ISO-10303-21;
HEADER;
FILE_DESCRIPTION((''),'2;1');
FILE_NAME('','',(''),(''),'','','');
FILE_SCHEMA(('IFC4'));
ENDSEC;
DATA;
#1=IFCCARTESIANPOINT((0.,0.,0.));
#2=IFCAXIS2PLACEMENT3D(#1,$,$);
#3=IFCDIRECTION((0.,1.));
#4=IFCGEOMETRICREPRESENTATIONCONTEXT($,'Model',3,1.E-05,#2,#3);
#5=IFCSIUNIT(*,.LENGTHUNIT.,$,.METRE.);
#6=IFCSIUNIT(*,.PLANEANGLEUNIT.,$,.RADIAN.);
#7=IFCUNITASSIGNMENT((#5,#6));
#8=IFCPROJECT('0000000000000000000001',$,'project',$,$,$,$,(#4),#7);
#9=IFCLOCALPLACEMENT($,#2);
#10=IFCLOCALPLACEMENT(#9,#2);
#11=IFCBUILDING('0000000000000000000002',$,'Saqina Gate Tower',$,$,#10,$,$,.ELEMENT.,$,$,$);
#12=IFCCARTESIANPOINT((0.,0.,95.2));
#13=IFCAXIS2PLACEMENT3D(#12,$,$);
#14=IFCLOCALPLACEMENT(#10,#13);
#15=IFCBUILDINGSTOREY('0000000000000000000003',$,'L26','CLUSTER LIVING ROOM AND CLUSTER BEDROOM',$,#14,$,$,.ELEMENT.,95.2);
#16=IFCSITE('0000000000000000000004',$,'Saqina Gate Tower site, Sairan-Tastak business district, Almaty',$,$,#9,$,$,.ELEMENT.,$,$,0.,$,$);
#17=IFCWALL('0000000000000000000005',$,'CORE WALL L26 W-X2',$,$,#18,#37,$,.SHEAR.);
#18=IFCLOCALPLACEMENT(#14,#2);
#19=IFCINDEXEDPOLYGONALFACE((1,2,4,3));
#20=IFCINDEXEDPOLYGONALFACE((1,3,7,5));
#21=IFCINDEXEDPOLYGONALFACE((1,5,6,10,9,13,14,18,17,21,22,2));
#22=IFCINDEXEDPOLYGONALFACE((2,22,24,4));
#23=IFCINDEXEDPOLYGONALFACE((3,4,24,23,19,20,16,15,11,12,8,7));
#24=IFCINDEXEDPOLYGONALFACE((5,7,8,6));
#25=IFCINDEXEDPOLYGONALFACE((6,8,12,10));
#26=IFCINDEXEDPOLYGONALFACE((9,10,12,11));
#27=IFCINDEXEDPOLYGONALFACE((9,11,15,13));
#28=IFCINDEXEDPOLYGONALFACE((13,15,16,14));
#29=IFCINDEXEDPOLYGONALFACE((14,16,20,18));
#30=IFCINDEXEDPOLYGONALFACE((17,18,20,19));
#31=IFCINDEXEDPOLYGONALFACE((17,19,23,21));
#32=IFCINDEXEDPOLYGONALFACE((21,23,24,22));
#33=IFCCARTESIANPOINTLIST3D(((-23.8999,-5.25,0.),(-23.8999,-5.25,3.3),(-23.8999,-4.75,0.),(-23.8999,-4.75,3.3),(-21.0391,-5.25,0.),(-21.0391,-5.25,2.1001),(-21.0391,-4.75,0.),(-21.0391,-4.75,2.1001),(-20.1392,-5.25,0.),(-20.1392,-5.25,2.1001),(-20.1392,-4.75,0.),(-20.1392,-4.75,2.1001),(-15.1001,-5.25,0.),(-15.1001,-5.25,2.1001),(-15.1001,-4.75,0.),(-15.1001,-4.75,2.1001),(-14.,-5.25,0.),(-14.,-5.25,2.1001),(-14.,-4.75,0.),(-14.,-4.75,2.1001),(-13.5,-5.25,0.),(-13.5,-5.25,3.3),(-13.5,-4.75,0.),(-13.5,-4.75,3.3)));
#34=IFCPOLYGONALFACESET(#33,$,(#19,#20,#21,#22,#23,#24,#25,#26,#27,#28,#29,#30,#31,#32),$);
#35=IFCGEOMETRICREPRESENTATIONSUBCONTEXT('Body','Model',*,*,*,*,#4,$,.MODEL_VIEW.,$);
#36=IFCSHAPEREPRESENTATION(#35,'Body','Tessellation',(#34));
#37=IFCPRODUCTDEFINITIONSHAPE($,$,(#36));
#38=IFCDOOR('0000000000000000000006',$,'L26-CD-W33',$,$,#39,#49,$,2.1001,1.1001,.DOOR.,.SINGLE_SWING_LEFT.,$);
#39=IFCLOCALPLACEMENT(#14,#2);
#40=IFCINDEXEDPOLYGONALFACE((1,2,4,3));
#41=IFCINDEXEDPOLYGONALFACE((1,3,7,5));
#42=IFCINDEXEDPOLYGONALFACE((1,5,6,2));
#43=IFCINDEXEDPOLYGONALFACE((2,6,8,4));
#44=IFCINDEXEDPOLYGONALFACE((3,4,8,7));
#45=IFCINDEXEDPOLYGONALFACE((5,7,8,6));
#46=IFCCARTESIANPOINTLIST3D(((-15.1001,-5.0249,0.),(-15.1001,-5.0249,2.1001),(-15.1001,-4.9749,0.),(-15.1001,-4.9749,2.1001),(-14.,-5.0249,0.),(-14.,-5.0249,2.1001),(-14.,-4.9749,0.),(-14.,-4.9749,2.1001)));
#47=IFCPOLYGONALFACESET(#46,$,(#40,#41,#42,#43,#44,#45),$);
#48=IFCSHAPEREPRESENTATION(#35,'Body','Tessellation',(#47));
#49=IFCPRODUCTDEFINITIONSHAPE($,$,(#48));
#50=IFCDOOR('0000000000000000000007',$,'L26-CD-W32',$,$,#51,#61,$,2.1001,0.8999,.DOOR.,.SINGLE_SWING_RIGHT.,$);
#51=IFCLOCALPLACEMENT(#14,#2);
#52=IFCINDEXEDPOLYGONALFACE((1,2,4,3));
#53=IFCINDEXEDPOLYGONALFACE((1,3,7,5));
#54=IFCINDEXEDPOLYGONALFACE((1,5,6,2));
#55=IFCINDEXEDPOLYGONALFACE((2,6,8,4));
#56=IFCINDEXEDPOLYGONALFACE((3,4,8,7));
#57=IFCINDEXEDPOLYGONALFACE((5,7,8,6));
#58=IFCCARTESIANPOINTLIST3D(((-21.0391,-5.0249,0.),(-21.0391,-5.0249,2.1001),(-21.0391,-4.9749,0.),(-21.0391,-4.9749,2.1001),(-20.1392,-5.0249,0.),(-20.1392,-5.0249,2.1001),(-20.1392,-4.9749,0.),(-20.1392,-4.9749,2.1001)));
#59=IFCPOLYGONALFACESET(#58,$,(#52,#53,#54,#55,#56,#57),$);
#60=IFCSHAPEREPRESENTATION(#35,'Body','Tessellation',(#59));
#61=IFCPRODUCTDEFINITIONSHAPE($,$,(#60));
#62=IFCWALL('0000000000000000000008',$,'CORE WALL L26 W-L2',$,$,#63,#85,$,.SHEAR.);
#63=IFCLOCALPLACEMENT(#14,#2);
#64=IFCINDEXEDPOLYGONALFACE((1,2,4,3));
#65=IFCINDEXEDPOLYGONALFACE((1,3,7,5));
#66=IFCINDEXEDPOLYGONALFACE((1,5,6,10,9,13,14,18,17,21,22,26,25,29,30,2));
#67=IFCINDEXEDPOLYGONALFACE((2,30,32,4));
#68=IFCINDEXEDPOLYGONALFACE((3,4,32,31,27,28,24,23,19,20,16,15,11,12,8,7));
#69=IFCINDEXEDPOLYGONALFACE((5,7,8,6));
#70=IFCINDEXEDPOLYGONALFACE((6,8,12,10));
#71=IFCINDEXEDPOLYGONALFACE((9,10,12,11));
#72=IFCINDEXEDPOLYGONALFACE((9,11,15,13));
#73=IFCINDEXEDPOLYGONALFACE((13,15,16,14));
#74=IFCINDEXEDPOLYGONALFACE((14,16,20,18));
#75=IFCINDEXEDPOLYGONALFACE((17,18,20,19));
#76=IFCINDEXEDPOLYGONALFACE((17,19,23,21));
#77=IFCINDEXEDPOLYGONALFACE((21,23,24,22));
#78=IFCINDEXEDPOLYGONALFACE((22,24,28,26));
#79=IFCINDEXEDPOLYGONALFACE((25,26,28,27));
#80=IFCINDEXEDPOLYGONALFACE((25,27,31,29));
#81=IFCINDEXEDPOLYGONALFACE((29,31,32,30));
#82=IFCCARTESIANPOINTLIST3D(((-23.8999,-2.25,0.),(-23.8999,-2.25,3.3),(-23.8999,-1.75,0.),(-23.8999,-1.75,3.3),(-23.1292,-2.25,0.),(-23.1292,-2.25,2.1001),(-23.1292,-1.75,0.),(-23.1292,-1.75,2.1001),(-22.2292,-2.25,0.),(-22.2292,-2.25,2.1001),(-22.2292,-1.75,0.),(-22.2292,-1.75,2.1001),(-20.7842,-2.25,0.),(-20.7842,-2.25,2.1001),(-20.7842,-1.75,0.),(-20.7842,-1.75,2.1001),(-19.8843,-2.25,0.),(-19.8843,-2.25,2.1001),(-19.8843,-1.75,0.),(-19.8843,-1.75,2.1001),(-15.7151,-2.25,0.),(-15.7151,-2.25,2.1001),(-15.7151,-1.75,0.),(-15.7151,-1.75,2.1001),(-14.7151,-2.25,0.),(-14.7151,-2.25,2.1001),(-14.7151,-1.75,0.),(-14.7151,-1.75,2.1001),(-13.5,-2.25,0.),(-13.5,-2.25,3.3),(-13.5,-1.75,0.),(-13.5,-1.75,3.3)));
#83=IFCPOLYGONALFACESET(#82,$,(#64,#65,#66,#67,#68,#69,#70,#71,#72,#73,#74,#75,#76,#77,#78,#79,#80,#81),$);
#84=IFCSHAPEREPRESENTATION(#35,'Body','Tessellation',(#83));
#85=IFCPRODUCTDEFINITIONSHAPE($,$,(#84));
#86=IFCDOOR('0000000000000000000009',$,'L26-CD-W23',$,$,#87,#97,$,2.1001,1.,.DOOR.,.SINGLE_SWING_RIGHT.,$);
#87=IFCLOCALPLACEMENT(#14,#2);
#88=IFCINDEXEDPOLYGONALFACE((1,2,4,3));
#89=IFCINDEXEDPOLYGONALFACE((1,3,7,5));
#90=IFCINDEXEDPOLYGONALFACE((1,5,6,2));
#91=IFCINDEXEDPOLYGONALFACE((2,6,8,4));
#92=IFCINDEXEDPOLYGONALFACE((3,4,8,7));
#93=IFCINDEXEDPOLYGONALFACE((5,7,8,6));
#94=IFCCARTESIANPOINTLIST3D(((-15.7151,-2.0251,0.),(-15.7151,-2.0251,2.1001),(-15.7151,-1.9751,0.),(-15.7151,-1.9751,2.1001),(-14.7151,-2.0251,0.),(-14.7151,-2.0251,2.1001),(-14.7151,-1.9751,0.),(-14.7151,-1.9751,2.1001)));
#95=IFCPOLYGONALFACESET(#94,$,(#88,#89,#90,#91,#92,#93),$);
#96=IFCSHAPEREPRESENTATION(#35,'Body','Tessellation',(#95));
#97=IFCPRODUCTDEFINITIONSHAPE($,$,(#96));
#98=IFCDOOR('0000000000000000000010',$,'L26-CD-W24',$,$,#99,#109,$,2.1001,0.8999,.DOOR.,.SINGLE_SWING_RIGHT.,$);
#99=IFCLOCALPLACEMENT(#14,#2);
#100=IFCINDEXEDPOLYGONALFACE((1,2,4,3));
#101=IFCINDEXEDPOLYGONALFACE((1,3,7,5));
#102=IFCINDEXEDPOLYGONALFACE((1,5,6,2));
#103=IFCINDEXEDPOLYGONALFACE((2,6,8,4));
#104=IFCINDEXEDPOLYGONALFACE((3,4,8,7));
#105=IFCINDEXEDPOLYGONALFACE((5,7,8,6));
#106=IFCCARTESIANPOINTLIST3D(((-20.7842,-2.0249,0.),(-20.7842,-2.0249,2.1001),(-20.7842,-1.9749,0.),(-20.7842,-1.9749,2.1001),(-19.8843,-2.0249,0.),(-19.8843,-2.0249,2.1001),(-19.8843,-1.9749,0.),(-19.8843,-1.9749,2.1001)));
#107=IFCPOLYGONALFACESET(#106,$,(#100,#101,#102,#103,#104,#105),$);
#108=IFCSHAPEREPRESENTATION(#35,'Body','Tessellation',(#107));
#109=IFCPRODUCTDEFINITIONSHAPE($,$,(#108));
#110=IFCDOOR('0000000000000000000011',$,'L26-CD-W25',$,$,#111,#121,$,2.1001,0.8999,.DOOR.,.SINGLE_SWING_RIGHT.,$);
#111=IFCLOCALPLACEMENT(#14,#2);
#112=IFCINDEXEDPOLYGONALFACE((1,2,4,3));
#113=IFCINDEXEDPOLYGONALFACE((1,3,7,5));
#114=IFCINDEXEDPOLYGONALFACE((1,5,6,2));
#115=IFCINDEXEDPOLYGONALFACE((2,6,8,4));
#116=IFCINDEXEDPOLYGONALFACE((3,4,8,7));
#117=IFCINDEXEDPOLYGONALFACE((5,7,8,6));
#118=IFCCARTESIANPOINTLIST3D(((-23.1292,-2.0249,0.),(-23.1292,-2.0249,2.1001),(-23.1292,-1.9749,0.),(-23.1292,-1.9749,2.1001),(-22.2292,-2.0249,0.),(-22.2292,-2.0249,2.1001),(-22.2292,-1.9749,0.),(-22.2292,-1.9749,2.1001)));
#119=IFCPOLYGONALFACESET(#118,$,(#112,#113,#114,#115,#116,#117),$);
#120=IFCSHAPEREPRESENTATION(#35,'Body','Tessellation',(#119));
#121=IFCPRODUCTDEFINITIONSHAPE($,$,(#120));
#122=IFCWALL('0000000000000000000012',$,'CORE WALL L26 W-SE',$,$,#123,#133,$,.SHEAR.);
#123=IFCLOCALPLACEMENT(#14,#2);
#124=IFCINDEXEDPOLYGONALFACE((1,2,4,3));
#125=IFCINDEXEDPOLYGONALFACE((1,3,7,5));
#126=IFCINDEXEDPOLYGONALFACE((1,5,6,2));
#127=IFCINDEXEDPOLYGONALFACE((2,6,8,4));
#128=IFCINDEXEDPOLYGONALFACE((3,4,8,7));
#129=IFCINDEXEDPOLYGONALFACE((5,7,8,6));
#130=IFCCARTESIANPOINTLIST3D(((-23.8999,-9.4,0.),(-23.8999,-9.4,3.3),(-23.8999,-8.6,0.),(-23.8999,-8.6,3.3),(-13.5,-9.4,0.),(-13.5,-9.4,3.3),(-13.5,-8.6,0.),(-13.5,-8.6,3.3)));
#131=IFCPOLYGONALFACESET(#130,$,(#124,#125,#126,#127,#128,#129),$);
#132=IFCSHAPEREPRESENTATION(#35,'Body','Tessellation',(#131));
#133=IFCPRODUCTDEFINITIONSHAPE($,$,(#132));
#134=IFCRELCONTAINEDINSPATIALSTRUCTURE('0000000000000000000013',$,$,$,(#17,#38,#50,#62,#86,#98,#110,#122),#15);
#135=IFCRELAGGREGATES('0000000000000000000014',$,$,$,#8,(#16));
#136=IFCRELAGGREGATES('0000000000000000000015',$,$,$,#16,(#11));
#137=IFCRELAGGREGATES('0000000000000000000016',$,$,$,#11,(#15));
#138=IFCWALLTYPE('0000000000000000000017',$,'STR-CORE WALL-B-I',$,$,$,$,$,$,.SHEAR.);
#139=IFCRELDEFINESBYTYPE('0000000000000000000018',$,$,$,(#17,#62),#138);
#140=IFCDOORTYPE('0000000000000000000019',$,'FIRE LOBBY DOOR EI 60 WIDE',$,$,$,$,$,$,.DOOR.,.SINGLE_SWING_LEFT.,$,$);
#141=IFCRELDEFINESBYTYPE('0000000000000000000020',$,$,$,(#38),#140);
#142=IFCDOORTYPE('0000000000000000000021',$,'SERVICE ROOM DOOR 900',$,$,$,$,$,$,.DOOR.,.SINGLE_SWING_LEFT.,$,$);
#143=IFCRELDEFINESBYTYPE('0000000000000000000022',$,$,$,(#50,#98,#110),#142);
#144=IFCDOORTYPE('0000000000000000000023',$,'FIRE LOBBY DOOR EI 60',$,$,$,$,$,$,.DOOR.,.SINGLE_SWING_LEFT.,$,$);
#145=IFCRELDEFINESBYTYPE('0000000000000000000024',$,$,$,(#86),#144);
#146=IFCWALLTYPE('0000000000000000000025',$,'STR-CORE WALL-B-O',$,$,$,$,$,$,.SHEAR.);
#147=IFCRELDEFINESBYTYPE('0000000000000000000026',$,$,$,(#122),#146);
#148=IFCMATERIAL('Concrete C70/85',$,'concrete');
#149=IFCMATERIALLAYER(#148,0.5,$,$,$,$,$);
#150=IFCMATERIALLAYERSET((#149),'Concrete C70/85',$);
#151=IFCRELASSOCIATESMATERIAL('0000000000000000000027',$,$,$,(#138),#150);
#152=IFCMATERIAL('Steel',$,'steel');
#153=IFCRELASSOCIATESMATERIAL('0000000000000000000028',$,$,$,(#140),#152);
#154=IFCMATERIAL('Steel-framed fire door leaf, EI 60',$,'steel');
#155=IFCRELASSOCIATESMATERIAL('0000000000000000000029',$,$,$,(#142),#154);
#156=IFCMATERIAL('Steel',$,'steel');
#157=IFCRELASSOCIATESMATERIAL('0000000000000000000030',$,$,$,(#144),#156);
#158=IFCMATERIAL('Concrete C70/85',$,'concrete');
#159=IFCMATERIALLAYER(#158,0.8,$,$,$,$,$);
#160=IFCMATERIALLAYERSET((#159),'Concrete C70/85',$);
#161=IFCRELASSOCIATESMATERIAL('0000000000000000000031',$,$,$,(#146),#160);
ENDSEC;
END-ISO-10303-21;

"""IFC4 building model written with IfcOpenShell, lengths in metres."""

from ifc_helpers import new_model, si_unit, direction, frame, frame_2d, origin, place, context, subcontext, project, spatial, rectangle, extrude, material, layer, layer_set, type_object, element, fill, save


model = new_model("IFC4")

# Units and contexts
model_context = context("Model", 3, precision=1e-05, world=origin(), true_north=direction((0.0, 1.0)))
body_context = subcontext(model_context, "Body", "Model", "MODEL_VIEW")
ifc_project = project(units=[si_unit("LENGTHUNIT", "METRE"), si_unit("PLANEANGLEUNIT", "RADIAN")], contexts=[model_context])

# Site, building, storey
site_placement = place(None, origin())
site = spatial("IfcSite", under=ifc_project, at=site_placement, Name="Saqina Gate Tower site, Sairan-Tastak business district, Almaty", CompositionType="ELEMENT", RefElevation=0.0)
building_placement = place(site_placement, origin())
building = spatial("IfcBuilding", under=site, at=building_placement, Name="Saqina Gate Tower", CompositionType="ELEMENT")
storey_placement = place(building_placement, frame((0.0, 0.0, 95.2)))
storey = spatial("IfcBuildingStorey", under=building, at=storey_placement, Name="L26", Description="CLUSTER LIVING ROOM AND CLUSTER BEDROOM", CompositionType="ELEMENT", Elevation=95.2)

# Walls, openings, doors
ifc_material_1 = material(Name="Concrete C70/85", Category="concrete")
ifc_layer_1 = layer(ifc_material_1, 0.5)
ifc_layer_set_1 = layer_set([ifc_layer_1], Name="Concrete C70/85")
wall_type_1 = type_object("IfcWallType", Name="STR-CORE WALL-B-I", PredefinedType="SHEAR", material=ifc_layer_set_1)
wall_1_placement = place(storey_placement, frame((-13.5, -5.0, 0.0), z_axis=(0.0, 0.0, 1.0), x_axis=(-1.0, 0.0, 0.0)))
wall_1 = element("IfcWall", 1, at=wall_1_placement, inside=storey, type_object=wall_type_1, Name="CORE WALL L26 W-X2", PredefinedType="SHEAR", context=body_context, shape_type="SweptSolid", body=[
    extrude(rectangle(XDim=10.3999, YDim=0.5, at=frame_2d((5.2, 0.0))), origin(), (0.0, 0.0, 1.0), 3.3),
])
opening_1_placement = place(wall_1_placement, frame((6.6392, 0.0, 0.0)))
opening_1 = element("IfcOpeningElement", 2, at=opening_1_placement, cuts=wall_1, PredefinedType="OPENING", context=body_context, shape_type="SweptSolid", body=[
    extrude(rectangle(XDim=0.8999, YDim=2.1001, at=frame_2d((0.45, 1.05))), frame((0.0, 0.262, 0.0), z_axis=(0.0, -1.0, 0.0), x_axis=(1.0, 0.0, 0.0)), (0.0, 0.0, 1.0), 0.5239),
])
opening_2_placement = place(wall_1_placement, frame((0.5, 0.0, 0.0)))
opening_2 = element("IfcOpeningElement", 3, at=opening_2_placement, cuts=wall_1, PredefinedType="OPENING", context=body_context, shape_type="SweptSolid", body=[
    extrude(rectangle(XDim=1.1001, YDim=2.1001, at=frame_2d((0.55, 1.05))), frame((0.0, 0.262, 0.0), z_axis=(0.0, -1.0, 0.0), x_axis=(1.0, 0.0, 0.0)), (0.0, 0.0, 1.0), 0.5239),
])
ifc_material_2 = material(Name="Steel", Category="steel")
door_type_1 = type_object("IfcDoorType", Name="FIRE LOBBY DOOR EI 60 WIDE", OperationType="SINGLE_SWING_LEFT", PredefinedType="DOOR", material=ifc_material_2)
door_1_placement = place(opening_2_placement, origin())
door_1 = element("IfcDoor", 4, at=door_1_placement, inside=storey, type_object=door_type_1, Name="L26-CD-W33", OperationType="SINGLE_SWING_LEFT", OverallHeight=2.1001, OverallWidth=1.1001, PredefinedType="DOOR", context=body_context, shape_type="SweptSolid", body=[
    extrude(rectangle(XDim=1.1001, YDim=2.1001, at=frame_2d((0.55, 1.05))), frame((0.0, 0.0249, 0.0), z_axis=(0.0, -1.0, 0.0), x_axis=(1.0, 0.0, 0.0)), (0.0, 0.0, 1.0), 0.05),
])
fill(opening_2, door_1)
ifc_material_3 = material(Name="Steel-framed fire door leaf, EI 60", Category="steel")
door_type_2 = type_object("IfcDoorType", Name="SERVICE ROOM DOOR 900", OperationType="SINGLE_SWING_LEFT", PredefinedType="DOOR", material=ifc_material_3)
door_2_placement = place(opening_1_placement, origin())
door_2 = element("IfcDoor", 5, at=door_2_placement, inside=storey, type_object=door_type_2, Name="L26-CD-W32", OperationType="SINGLE_SWING_RIGHT", OverallHeight=2.1001, OverallWidth=0.8999, PredefinedType="DOOR", context=body_context, shape_type="SweptSolid", body=[
    extrude(rectangle(XDim=0.8999, YDim=2.1001, at=frame_2d((0.45, 1.05))), frame((0.0, 0.0249, 0.0), z_axis=(0.0, -1.0, 0.0), x_axis=(1.0, 0.0, 0.0)), (0.0, 0.0, 1.0), 0.05),
])
fill(opening_1, door_2)
wall_2_placement = place(storey_placement, frame((-13.5, -2.0, 0.0), z_axis=(0.0, 0.0, 1.0), x_axis=(-1.0, 0.0, 0.0)))
wall_2 = element("IfcWall", 6, at=wall_2_placement, inside=storey, type_object=wall_type_1, Name="CORE WALL L26 W-L2", PredefinedType="SHEAR", context=body_context, shape_type="SweptSolid", body=[
    extrude(rectangle(XDim=10.3999, YDim=0.5, at=frame_2d((5.2, 0.0))), origin(), (0.0, 0.0, 1.0), 3.3),
])
opening_3_placement = place(wall_2_placement, frame((1.2151, 0.0, 0.0)))
opening_3 = element("IfcOpeningElement", 7, at=opening_3_placement, cuts=wall_2, PredefinedType="OPENING", context=body_context, shape_type="SweptSolid", body=[
    extrude(rectangle(XDim=1.0, YDim=2.1001, at=frame_2d((0.5, 1.05))), frame((0.0, 0.262, 0.0), z_axis=(0.0, -1.0, 0.0), x_axis=(1.0, 0.0, 0.0)), (0.0, 0.0, 1.0), 0.5239),
])
opening_4_placement = place(wall_2_placement, frame((6.3843, 0.0, 0.0)))
opening_4 = element("IfcOpeningElement", 8, at=opening_4_placement, cuts=wall_2, PredefinedType="OPENING", context=body_context, shape_type="SweptSolid", body=[
    extrude(rectangle(XDim=0.8999, YDim=2.1001, at=frame_2d((0.45, 1.05))), frame((0.0, 0.262, 0.0), z_axis=(0.0, -1.0, 0.0), x_axis=(1.0, 0.0, 0.0)), (0.0, 0.0, 1.0), 0.5239),
])
opening_5_placement = place(wall_2_placement, frame((8.7292, 0.0, 0.0)))
opening_5 = element("IfcOpeningElement", 9, at=opening_5_placement, cuts=wall_2, PredefinedType="OPENING", context=body_context, shape_type="SweptSolid", body=[
    extrude(rectangle(XDim=0.8999, YDim=2.1001, at=frame_2d((0.45, 1.05))), frame((0.0, 0.262, 0.0), z_axis=(0.0, -1.0, 0.0), x_axis=(1.0, 0.0, 0.0)), (0.0, 0.0, 1.0), 0.5239),
])
ifc_material_4 = material(Name="Steel", Category="steel")
door_type_3 = type_object("IfcDoorType", Name="FIRE LOBBY DOOR EI 60", OperationType="SINGLE_SWING_LEFT", PredefinedType="DOOR", material=ifc_material_4)
door_3_placement = place(opening_3_placement, frame((1.0, 0.0, 0.0), z_axis=(0.0, 0.0, 1.0), x_axis=(-1.0, 0.0, 0.0)))
door_3 = element("IfcDoor", 10, at=door_3_placement, inside=storey, type_object=door_type_3, Name="L26-CD-W23", OperationType="SINGLE_SWING_RIGHT", OverallHeight=2.1001, OverallWidth=1.0, PredefinedType="DOOR", context=body_context, shape_type="SweptSolid", body=[
    extrude(rectangle(XDim=1.0, YDim=2.1001, at=frame_2d((0.5, 1.05))), frame((0.0, 0.0249, 0.0), z_axis=(0.0, -1.0, 0.0), x_axis=(1.0, 0.0, 0.0)), (0.0, 0.0, 1.0), 0.05),
])
fill(opening_3, door_3)
door_4_placement = place(opening_4_placement, origin())
door_4 = element("IfcDoor", 11, at=door_4_placement, inside=storey, type_object=door_type_2, Name="L26-CD-W24", OperationType="SINGLE_SWING_RIGHT", OverallHeight=2.1001, OverallWidth=0.8999, PredefinedType="DOOR", context=body_context, shape_type="SweptSolid", body=[
    extrude(rectangle(XDim=0.8999, YDim=2.1001, at=frame_2d((0.45, 1.05))), frame((0.0, 0.0249, 0.0), z_axis=(0.0, -1.0, 0.0), x_axis=(1.0, 0.0, 0.0)), (0.0, 0.0, 1.0), 0.05),
])
fill(opening_4, door_4)
door_5_placement = place(opening_5_placement, origin())
door_5 = element("IfcDoor", 12, at=door_5_placement, inside=storey, type_object=door_type_2, Name="L26-CD-W25", OperationType="SINGLE_SWING_RIGHT", OverallHeight=2.1001, OverallWidth=0.8999, PredefinedType="DOOR", context=body_context, shape_type="SweptSolid", body=[
    extrude(rectangle(XDim=0.8999, YDim=2.1001, at=frame_2d((0.45, 1.05))), frame((0.0, 0.0249, 0.0), z_axis=(0.0, -1.0, 0.0), x_axis=(1.0, 0.0, 0.0)), (0.0, 0.0, 1.0), 0.05),
])
fill(opening_5, door_5)

# Wall
ifc_material_5 = material(Name="Concrete C70/85", Category="concrete")
ifc_layer_2 = layer(ifc_material_5, 0.8)
ifc_layer_set_2 = layer_set([ifc_layer_2], Name="Concrete C70/85")
wall_type_2 = type_object("IfcWallType", Name="STR-CORE WALL-B-O", PredefinedType="SHEAR", material=ifc_layer_set_2)
wall_3_placement = place(storey_placement, frame((-13.5, -9.0, 0.0), z_axis=(0.0, 0.0, 1.0), x_axis=(-1.0, 0.0, 0.0)))
element("IfcWall", 13, at=wall_3_placement, inside=storey, type_object=wall_type_2, Name="CORE WALL L26 W-SE", PredefinedType="SHEAR", context=body_context, shape_type="SweptSolid", body=[
    extrude(rectangle(XDim=10.3999, YDim=0.8, at=frame_2d((5.2, 0.0))), origin(), (0.0, 0.0, 1.0), 3.3),
])

save(model, "model.ifc")
